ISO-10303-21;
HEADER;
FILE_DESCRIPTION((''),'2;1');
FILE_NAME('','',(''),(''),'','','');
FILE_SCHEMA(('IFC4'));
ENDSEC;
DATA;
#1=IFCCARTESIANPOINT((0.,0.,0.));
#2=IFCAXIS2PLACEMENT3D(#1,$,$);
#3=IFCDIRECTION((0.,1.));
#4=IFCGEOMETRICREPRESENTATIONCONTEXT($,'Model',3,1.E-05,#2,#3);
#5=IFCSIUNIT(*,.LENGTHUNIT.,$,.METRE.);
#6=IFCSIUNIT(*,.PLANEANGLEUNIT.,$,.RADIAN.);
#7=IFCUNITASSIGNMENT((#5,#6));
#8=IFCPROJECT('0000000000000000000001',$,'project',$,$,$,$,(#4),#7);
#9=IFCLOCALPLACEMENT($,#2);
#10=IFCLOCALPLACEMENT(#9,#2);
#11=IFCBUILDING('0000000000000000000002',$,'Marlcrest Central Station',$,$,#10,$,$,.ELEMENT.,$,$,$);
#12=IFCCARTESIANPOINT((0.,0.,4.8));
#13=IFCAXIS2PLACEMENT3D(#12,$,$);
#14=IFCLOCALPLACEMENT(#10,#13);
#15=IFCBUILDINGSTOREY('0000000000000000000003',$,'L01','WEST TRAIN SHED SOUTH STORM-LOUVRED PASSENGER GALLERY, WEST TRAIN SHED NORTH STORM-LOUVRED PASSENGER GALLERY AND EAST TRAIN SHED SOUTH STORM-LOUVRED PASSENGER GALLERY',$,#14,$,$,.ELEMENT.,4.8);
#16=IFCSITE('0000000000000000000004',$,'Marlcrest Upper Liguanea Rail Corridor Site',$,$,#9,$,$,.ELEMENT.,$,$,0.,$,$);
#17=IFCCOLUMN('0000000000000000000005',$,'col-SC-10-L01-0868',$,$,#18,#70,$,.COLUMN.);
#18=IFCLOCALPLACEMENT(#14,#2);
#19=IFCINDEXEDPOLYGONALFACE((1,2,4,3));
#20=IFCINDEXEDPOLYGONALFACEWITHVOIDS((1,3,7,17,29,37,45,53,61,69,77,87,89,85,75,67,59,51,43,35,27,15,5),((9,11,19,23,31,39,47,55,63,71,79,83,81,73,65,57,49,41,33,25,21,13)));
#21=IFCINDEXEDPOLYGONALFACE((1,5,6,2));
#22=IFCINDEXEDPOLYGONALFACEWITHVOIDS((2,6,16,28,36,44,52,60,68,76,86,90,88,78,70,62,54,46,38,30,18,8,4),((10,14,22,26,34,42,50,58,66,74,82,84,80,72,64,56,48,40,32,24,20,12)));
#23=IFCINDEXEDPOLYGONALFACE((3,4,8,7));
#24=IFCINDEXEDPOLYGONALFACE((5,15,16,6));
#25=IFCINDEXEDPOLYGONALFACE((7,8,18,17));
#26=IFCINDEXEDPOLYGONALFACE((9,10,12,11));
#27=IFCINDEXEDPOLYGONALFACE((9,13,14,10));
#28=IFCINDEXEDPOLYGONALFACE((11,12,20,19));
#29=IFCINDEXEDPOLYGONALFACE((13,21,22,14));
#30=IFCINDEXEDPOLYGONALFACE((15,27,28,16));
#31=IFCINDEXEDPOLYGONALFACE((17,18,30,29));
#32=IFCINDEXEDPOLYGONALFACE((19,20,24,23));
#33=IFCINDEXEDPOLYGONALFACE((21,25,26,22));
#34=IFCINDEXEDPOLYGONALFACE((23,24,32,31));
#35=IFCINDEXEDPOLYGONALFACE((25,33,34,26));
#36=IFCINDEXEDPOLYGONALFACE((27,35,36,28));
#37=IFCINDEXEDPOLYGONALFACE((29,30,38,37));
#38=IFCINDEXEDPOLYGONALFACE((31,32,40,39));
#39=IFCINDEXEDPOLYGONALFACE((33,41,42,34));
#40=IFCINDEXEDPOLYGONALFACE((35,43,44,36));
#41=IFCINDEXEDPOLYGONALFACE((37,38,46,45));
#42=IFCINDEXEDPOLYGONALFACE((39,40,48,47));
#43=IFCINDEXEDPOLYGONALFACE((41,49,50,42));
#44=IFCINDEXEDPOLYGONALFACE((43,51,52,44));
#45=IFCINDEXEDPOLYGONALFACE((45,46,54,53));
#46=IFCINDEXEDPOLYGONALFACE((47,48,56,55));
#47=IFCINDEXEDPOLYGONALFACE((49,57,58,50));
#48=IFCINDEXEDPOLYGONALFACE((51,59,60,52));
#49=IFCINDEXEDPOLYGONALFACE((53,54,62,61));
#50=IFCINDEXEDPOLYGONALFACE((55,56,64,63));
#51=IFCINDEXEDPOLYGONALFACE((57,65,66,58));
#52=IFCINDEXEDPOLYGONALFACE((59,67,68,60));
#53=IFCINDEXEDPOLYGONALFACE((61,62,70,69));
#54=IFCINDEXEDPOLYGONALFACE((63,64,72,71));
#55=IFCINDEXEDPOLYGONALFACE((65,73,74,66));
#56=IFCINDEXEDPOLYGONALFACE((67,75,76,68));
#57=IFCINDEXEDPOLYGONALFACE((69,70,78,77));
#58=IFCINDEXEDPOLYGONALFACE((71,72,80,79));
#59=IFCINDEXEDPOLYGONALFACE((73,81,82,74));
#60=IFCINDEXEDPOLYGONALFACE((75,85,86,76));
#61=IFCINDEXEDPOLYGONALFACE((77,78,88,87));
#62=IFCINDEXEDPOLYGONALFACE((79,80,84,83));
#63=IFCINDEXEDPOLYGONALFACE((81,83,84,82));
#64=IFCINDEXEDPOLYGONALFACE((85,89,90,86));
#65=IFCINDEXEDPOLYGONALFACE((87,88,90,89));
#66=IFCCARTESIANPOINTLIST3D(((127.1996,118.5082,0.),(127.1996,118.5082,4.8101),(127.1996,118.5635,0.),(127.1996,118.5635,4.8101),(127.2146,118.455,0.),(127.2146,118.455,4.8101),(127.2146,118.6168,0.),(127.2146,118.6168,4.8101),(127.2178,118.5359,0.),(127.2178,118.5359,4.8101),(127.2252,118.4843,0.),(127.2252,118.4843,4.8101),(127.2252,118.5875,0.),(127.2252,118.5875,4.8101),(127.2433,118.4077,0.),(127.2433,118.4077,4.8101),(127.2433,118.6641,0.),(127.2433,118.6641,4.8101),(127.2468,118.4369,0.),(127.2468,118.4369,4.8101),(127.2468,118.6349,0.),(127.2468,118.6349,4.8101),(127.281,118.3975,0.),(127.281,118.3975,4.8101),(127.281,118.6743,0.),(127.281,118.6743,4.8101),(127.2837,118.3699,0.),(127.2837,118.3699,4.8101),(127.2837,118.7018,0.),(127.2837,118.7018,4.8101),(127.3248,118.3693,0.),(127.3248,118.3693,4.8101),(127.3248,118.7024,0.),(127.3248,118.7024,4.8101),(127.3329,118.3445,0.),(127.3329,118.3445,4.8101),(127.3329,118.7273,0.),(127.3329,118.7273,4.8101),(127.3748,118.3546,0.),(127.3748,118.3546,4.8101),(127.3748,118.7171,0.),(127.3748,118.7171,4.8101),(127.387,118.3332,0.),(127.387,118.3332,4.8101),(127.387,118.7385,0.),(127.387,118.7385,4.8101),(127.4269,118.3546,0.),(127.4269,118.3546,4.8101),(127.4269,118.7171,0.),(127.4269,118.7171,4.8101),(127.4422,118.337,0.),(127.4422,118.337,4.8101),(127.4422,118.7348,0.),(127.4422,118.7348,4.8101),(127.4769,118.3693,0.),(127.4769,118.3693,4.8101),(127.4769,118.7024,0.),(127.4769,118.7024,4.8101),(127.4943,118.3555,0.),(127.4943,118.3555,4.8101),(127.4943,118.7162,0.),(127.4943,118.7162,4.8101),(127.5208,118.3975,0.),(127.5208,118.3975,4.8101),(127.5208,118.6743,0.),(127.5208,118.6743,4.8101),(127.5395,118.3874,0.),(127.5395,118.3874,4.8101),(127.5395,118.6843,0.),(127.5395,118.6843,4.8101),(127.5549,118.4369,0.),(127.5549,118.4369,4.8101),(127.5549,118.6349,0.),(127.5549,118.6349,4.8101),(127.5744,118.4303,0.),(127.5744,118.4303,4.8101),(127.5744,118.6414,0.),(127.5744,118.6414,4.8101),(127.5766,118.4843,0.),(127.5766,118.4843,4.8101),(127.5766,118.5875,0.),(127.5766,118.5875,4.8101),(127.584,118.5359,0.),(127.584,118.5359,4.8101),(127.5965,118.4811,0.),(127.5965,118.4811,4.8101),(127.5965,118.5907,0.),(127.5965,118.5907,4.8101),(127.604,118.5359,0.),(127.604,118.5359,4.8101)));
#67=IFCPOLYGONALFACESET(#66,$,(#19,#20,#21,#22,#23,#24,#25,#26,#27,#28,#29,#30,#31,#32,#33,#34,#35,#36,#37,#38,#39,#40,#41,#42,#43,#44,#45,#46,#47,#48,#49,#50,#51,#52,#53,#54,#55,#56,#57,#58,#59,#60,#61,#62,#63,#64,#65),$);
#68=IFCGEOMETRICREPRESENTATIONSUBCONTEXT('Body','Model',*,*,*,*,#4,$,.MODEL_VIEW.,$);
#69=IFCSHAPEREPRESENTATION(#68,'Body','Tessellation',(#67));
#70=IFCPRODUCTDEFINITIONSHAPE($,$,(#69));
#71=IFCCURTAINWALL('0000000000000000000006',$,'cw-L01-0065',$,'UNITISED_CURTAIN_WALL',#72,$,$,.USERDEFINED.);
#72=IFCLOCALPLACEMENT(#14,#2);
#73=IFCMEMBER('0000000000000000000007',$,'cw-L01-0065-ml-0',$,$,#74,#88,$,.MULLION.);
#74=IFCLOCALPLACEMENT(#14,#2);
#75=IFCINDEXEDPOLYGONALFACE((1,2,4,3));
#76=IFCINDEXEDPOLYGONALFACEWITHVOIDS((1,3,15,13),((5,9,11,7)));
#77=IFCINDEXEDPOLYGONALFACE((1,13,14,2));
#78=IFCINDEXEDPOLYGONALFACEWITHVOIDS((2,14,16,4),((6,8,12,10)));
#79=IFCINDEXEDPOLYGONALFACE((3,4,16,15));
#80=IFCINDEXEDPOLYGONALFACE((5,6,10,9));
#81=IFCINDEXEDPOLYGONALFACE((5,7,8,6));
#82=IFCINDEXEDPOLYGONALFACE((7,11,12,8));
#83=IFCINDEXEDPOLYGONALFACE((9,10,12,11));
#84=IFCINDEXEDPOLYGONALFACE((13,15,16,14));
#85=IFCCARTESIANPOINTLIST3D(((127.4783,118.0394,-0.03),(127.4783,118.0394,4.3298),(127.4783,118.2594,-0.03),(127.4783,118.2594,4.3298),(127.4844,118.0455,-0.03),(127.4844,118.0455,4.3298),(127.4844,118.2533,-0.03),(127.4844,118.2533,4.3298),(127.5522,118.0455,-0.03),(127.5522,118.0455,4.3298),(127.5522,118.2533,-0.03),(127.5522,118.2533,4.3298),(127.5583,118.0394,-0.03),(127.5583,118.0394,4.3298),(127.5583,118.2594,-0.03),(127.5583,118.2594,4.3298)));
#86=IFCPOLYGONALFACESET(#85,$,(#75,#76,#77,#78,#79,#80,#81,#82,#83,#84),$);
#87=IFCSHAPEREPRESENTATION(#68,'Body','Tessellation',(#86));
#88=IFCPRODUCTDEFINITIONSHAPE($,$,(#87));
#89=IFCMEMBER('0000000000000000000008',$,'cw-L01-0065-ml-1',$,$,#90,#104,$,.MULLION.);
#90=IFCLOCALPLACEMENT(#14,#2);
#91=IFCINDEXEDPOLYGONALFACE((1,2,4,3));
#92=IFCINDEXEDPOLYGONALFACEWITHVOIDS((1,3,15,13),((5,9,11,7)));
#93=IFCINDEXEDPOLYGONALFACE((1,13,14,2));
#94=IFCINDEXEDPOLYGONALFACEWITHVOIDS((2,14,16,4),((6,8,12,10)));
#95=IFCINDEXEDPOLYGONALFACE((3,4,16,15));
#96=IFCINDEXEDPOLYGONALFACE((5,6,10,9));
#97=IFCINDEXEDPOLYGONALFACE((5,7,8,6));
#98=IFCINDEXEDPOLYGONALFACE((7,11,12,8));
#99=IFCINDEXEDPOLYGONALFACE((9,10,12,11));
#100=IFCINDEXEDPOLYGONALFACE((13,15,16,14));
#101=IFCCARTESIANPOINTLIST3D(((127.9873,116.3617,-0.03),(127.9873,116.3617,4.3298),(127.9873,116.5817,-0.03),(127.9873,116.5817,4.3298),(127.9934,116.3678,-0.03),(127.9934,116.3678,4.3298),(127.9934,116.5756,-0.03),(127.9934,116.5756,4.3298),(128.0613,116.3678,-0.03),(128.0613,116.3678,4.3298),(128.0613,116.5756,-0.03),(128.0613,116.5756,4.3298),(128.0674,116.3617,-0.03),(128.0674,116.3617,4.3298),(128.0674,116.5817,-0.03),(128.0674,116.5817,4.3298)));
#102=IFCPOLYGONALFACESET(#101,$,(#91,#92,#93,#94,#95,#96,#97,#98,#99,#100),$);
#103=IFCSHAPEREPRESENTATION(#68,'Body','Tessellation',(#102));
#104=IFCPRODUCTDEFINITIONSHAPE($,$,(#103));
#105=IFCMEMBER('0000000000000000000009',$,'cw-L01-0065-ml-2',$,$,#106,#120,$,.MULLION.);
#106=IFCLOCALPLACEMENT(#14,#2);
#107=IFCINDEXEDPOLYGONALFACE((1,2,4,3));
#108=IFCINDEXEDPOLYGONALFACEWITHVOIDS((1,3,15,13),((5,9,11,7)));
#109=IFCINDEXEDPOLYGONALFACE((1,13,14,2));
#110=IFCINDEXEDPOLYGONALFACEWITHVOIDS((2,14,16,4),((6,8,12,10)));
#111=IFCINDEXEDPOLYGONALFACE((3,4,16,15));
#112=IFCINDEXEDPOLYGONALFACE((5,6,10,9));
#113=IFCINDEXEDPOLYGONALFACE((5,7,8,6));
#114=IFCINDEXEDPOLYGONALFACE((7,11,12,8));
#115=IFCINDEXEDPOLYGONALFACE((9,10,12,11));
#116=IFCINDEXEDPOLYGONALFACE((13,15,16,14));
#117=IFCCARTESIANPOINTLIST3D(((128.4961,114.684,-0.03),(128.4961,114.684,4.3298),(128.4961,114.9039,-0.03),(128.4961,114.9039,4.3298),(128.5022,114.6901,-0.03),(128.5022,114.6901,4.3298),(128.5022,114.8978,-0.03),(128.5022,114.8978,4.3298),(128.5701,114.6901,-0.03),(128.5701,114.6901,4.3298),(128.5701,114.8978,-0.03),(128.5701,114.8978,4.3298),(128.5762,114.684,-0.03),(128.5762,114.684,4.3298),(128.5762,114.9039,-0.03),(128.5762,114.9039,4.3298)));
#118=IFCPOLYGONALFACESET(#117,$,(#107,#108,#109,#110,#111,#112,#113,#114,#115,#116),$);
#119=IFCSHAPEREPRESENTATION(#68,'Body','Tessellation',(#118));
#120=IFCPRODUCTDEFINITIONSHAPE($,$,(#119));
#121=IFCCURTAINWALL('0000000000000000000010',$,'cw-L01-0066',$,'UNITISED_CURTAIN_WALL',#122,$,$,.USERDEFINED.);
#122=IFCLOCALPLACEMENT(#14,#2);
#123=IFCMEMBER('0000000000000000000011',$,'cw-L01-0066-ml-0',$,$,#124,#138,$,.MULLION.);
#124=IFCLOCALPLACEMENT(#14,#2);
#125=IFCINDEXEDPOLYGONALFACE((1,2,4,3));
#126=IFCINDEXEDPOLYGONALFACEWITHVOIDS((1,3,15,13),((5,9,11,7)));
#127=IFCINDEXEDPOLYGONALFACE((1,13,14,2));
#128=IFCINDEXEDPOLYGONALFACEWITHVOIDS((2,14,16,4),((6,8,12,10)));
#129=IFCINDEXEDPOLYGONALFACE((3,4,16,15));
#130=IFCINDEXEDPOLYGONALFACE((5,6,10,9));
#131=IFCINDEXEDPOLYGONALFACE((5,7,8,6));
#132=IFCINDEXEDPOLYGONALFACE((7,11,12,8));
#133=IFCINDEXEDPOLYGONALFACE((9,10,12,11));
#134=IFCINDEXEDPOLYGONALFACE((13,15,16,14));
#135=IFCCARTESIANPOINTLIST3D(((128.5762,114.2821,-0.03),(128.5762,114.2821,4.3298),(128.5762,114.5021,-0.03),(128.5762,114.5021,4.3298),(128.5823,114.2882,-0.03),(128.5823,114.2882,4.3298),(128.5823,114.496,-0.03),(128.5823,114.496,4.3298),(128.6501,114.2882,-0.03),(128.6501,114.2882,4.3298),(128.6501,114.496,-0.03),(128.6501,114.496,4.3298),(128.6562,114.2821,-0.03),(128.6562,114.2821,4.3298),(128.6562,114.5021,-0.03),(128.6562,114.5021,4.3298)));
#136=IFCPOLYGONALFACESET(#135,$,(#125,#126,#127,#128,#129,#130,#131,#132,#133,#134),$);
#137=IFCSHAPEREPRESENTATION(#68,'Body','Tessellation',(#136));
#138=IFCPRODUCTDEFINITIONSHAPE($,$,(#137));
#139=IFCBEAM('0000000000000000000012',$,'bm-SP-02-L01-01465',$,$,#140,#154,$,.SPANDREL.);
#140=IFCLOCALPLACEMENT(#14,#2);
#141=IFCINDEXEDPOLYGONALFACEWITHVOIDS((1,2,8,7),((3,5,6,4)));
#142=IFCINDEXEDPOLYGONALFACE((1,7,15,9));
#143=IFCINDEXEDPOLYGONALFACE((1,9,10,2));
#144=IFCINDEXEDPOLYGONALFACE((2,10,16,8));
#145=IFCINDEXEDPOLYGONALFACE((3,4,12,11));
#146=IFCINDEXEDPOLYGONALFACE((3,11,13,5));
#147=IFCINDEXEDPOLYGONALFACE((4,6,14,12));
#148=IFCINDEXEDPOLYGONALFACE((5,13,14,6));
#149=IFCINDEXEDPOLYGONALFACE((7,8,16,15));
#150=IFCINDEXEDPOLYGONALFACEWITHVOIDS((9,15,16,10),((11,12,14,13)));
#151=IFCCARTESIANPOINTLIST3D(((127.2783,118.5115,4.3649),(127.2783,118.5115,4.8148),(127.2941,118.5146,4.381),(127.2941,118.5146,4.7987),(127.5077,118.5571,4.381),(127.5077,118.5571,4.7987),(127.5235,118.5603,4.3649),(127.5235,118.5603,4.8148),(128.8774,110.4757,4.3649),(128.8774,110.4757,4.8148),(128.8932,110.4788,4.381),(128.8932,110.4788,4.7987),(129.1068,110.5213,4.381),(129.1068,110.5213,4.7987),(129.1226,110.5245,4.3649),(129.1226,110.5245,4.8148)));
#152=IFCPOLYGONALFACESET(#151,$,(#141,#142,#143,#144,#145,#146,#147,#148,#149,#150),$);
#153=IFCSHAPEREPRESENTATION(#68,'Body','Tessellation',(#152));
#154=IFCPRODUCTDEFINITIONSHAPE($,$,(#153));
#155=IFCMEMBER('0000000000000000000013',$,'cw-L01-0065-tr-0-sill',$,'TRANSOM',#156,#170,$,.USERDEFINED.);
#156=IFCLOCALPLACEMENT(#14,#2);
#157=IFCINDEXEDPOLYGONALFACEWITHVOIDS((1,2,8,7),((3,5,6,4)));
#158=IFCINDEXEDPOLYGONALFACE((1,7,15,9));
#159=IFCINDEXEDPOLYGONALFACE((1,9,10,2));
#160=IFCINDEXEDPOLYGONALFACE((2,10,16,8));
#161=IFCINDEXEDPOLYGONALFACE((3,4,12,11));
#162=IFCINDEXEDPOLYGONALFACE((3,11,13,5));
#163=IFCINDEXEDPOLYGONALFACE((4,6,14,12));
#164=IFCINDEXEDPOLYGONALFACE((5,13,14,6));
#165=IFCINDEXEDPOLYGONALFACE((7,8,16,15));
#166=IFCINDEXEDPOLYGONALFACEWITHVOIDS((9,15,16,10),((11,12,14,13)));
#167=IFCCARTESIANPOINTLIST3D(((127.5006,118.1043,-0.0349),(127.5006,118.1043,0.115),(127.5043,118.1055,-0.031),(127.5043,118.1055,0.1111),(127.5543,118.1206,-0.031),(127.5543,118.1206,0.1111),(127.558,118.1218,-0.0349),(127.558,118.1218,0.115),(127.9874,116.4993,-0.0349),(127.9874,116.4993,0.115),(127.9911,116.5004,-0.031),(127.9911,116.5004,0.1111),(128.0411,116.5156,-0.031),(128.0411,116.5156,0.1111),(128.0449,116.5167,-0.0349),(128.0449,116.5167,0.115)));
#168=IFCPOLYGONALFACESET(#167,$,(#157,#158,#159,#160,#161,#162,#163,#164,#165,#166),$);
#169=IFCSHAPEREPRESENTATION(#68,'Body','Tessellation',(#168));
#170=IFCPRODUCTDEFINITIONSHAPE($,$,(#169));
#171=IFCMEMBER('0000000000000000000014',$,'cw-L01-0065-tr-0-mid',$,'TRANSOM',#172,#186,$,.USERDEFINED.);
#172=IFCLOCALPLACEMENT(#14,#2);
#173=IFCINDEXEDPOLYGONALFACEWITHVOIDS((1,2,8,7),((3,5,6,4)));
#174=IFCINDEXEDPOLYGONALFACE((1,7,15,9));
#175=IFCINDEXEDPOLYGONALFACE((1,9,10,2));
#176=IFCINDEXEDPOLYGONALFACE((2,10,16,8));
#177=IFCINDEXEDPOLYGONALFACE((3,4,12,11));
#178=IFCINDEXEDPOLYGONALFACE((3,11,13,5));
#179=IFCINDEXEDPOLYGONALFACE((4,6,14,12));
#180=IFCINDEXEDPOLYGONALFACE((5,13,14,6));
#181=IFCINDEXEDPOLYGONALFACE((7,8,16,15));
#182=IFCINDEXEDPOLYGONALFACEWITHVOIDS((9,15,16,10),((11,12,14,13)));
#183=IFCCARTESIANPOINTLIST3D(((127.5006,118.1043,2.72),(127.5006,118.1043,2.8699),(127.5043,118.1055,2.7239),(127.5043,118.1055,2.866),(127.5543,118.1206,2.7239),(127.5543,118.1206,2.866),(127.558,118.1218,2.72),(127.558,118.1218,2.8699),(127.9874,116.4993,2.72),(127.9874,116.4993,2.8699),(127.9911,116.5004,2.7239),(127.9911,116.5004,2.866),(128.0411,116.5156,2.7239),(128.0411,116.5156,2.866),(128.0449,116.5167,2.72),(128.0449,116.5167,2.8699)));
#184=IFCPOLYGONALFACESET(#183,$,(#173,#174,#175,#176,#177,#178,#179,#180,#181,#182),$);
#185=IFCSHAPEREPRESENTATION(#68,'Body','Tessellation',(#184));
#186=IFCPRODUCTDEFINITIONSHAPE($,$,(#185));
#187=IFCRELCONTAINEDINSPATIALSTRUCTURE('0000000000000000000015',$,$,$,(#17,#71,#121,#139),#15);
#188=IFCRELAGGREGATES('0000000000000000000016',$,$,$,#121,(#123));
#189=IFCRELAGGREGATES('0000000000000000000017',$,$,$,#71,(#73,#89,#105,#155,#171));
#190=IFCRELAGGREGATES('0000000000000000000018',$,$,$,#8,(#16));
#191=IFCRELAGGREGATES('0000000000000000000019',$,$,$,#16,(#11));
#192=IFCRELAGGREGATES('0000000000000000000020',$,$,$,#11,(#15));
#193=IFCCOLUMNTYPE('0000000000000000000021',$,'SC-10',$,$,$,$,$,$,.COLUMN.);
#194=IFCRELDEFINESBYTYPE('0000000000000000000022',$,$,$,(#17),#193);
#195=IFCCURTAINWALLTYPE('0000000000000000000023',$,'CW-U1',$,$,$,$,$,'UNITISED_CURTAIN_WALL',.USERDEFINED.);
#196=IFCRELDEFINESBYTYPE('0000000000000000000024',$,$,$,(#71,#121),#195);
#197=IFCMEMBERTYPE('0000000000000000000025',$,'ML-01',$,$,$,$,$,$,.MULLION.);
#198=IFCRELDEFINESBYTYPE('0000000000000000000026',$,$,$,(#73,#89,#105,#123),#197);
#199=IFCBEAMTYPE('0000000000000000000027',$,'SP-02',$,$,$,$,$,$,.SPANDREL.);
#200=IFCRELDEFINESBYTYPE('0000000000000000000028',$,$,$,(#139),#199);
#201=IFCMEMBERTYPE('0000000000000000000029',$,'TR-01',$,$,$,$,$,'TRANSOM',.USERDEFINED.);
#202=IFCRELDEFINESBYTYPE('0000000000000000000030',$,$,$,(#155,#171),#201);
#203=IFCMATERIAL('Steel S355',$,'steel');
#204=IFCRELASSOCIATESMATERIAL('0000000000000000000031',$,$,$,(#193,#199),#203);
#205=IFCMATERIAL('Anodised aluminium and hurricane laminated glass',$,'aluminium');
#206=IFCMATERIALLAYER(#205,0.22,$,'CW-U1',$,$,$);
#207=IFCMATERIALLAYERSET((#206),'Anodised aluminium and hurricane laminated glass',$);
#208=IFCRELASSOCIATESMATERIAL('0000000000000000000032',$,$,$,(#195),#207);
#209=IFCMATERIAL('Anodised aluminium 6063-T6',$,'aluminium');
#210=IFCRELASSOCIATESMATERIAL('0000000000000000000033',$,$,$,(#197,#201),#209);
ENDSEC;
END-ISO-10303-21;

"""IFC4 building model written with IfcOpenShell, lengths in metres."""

from ifc_helpers import new_model, si_unit, direction, frame, origin, origin_2d, place, context, subcontext, project, spatial, hollow_rectangle, hollow_circle, extrude, material, layer, layer_set, material_profile, profile_set, type_object, element, aggregate, save


model = new_model("IFC4")

# Units and contexts
model_context = context("Model", 3, precision=1e-05, world=origin(), true_north=direction((0.0, 1.0)))
body_context = subcontext(model_context, "Body", "Model", "MODEL_VIEW")
ifc_project = project(units=[si_unit("LENGTHUNIT", "METRE"), si_unit("PLANEANGLEUNIT", "RADIAN")], contexts=[model_context])

# Site, building, storey
site_placement = place(None, origin())
site = spatial("IfcSite", under=ifc_project, at=site_placement, Name="Marlcrest Upper Liguanea Rail Corridor Site", CompositionType="ELEMENT", RefElevation=0.0)
building_placement = place(site_placement, origin())
building = spatial("IfcBuilding", under=site, at=building_placement, Name="Marlcrest Central Station", CompositionType="ELEMENT")
storey_placement = place(building_placement, frame((0.0, 0.0, 4.8)))
storey = spatial("IfcBuildingStorey", under=building, at=storey_placement, Name="L01", Description="WEST TRAIN SHED SOUTH STORM-LOUVRED PASSENGER GALLERY, WEST TRAIN SHED NORTH STORM-LOUVRED PASSENGER GALLERY AND EAST TRAIN SHED SOUTH STORM-LOUVRED PASSENGER GALLERY", CompositionType="ELEMENT", Elevation=4.8)

# Column
ifc_material_1 = material(Name="Steel S355", Category="steel")
ifc_material_profile_1 = material_profile(ifc_material_1, hollow_circle(Radius=0.2031, WallThickness=0.02, at=origin_2d()), Name="CHS 406.4x20")
ifc_profile_set_1 = profile_set([ifc_material_profile_1], Name="Steel S355")
column_type = type_object("IfcColumnType", Name="SC-10", PredefinedType="COLUMN", material=ifc_profile_set_1)
column_placement = place(storey_placement, frame((127.4009, 118.5359, 0.0), z_axis=(0.0, 0.0, 1.0), x_axis=(1.0, 0.0, 0.0)))
element("IfcColumn", 1, at=column_placement, inside=storey, type_object=column_type, Name="col-SC-10-L01-0868", PredefinedType="COLUMN", context=body_context, shape_type="SweptSolid", body=[
    extrude(hollow_circle(Radius=0.2031, WallThickness=0.02, at=origin_2d()), origin(), (0.0, 0.0, 1.0), 4.8101),
])

# Curtain wall, members
ifc_material_2 = material(Name="Anodised aluminium and hurricane laminated glass", Category="aluminium")
ifc_layer_1 = layer(ifc_material_2, 0.22, Name="CW-U1")
ifc_layer_set_1 = layer_set([ifc_layer_1], Name="Anodised aluminium and hurricane laminated glass")
curtain_wall_type = type_object("IfcCurtainWallType", Name="CW-U1", ElementType="UNITISED_CURTAIN_WALL", PredefinedType="USERDEFINED", material=ifc_layer_set_1)
curtain_wall_1_placement = place(storey_placement, origin())
curtain_wall_1 = element("IfcCurtainWall", 2, at=curtain_wall_1_placement, inside=storey, type_object=curtain_wall_type, Name="cw-L01-0065", ObjectType="UNITISED_CURTAIN_WALL", PredefinedType="USERDEFINED")
ifc_material_3 = material(Name="Anodised aluminium 6063-T6", Category="aluminium")
ifc_material_profile_2 = material_profile(ifc_material_3, hollow_rectangle(XDim=0.0801, YDim=0.22, WallThickness=0.0061, at=origin_2d()), Name="AA-RHS 220x80x6")
ifc_profile_set_2 = profile_set([ifc_material_profile_2], Name="Anodised aluminium 6063-T6")
member_type_1 = type_object("IfcMemberType", Name="ML-01", PredefinedType="MULLION", material=ifc_profile_set_2)
member_1_placement = place(storey_placement, frame((127.5183, 118.1494, -0.03), z_axis=(0.0, 0.0, 1.0), x_axis=(1.0, 0.0, 0.0)))
member_1 = element("IfcMember", 3, at=member_1_placement, type_object=member_type_1, Name="cw-L01-0065-ml-0", PredefinedType="MULLION", context=body_context, shape_type="SweptSolid", body=[
    extrude(hollow_rectangle(XDim=0.0801, YDim=0.22, WallThickness=0.0061, at=origin_2d()), origin(), (0.0, 0.0, 1.0), 4.3599),
])
member_2_placement = place(storey_placement, frame((128.0273, 116.4717, -0.03), z_axis=(0.0, 0.0, 1.0), x_axis=(1.0, 0.0, 0.0)))
member_2 = element("IfcMember", 4, at=member_2_placement, type_object=member_type_1, Name="cw-L01-0065-ml-1", PredefinedType="MULLION", context=body_context, shape_type="SweptSolid", body=[
    extrude(hollow_rectangle(XDim=0.0801, YDim=0.22, WallThickness=0.0061, at=origin_2d()), origin(), (0.0, 0.0, 1.0), 4.3599),
])
member_3_placement = place(storey_placement, frame((128.5361, 114.7939, -0.03), z_axis=(0.0, 0.0, 1.0), x_axis=(1.0, 0.0, 0.0)))
member_3 = element("IfcMember", 5, at=member_3_placement, type_object=member_type_1, Name="cw-L01-0065-ml-2", PredefinedType="MULLION", context=body_context, shape_type="SweptSolid", body=[
    extrude(hollow_rectangle(XDim=0.0801, YDim=0.22, WallThickness=0.0061, at=origin_2d()), origin(), (0.0, 0.0, 1.0), 4.3599),
])

# Curtain wall, member
curtain_wall_2_placement = place(storey_placement, origin())
curtain_wall_2 = element("IfcCurtainWall", 6, at=curtain_wall_2_placement, inside=storey, type_object=curtain_wall_type, Name="cw-L01-0066", ObjectType="UNITISED_CURTAIN_WALL", PredefinedType="USERDEFINED")
member_4_placement = place(storey_placement, frame((128.6162, 114.3921, -0.03), z_axis=(0.0, 0.0, 1.0), x_axis=(1.0, 0.0, 0.0)))
member_4 = element("IfcMember", 7, at=member_4_placement, type_object=member_type_1, Name="cw-L01-0066-ml-0", PredefinedType="MULLION", context=body_context, shape_type="SweptSolid", body=[
    extrude(hollow_rectangle(XDim=0.0801, YDim=0.22, WallThickness=0.0061, at=origin_2d()), origin(), (0.0, 0.0, 1.0), 4.3599),
])

# Beam
ifc_material_profile_3 = material_profile(ifc_material_1, hollow_rectangle(XDim=0.25, YDim=0.45, WallThickness=0.0161, at=origin_2d()), Name="RHS 450x250x16")
ifc_profile_set_3 = profile_set([ifc_material_profile_3], Name="Steel S355")
beam_type = type_object("IfcBeamType", Name="SP-02", PredefinedType="SPANDREL", material=ifc_profile_set_3)
beam_placement = place(storey_placement, frame((127.4009, 118.5359, 4.5898), z_axis=(0.195171, -0.980769, 0.0), x_axis=(0.980769, 0.195171, 0.0)))
element("IfcBeam", 8, at=beam_placement, inside=storey, type_object=beam_type, Name="bm-SP-02-L01-01465", PredefinedType="SPANDREL", context=body_context, shape_type="SweptSolid", body=[
    extrude(hollow_rectangle(XDim=0.25, YDim=0.45, WallThickness=0.0161, at=origin_2d()), origin(), (0.0, 0.0, 1.0), 8.1934),
])

# Members
ifc_material_profile_4 = material_profile(ifc_material_3, hollow_rectangle(XDim=0.0601, YDim=0.1499, WallThickness=0.0039, at=origin_2d()), Name="AA-RHS 150x60x4")
ifc_profile_set_4 = profile_set([ifc_material_profile_4], Name="Anodised aluminium 6063-T6")
member_type_2 = type_object("IfcMemberType", Name="TR-01", ElementType="TRANSOM", PredefinedType="USERDEFINED", material=ifc_profile_set_4)
member_5_placement = place(storey_placement, frame((127.5293, 118.113, 0.04), z_axis=(0.290258, -0.956948, 0.0), x_axis=(0.956948, 0.290258, 0.0)))
member_5 = element("IfcMember", 9, at=member_5_placement, type_object=member_type_2, Name="cw-L01-0065-tr-0-sill", ObjectType="TRANSOM", PredefinedType="USERDEFINED", context=body_context, shape_type="SweptSolid", body=[
    extrude(hollow_rectangle(XDim=0.0601, YDim=0.1499, WallThickness=0.0039, at=origin_2d()), origin(), (0.0, 0.0, 1.0), 1.6772),
])
member_6_placement = place(storey_placement, frame((127.5293, 118.113, 2.7949), z_axis=(0.290258, -0.956948, 0.0), x_axis=(0.956948, 0.290258, 0.0)))
member_6 = element("IfcMember", 10, at=member_6_placement, type_object=member_type_2, Name="cw-L01-0065-tr-0-mid", ObjectType="TRANSOM", PredefinedType="USERDEFINED", context=body_context, shape_type="SweptSolid", body=[
    extrude(hollow_rectangle(XDim=0.0601, YDim=0.1499, WallThickness=0.0039, at=origin_2d()), origin(), (0.0, 0.0, 1.0), 1.6772),
])
aggregate(curtain_wall_2, [member_4])

aggregate(curtain_wall_1, [member_1, member_2, member_3, member_5, member_6])

save(model, "model.ifc")
